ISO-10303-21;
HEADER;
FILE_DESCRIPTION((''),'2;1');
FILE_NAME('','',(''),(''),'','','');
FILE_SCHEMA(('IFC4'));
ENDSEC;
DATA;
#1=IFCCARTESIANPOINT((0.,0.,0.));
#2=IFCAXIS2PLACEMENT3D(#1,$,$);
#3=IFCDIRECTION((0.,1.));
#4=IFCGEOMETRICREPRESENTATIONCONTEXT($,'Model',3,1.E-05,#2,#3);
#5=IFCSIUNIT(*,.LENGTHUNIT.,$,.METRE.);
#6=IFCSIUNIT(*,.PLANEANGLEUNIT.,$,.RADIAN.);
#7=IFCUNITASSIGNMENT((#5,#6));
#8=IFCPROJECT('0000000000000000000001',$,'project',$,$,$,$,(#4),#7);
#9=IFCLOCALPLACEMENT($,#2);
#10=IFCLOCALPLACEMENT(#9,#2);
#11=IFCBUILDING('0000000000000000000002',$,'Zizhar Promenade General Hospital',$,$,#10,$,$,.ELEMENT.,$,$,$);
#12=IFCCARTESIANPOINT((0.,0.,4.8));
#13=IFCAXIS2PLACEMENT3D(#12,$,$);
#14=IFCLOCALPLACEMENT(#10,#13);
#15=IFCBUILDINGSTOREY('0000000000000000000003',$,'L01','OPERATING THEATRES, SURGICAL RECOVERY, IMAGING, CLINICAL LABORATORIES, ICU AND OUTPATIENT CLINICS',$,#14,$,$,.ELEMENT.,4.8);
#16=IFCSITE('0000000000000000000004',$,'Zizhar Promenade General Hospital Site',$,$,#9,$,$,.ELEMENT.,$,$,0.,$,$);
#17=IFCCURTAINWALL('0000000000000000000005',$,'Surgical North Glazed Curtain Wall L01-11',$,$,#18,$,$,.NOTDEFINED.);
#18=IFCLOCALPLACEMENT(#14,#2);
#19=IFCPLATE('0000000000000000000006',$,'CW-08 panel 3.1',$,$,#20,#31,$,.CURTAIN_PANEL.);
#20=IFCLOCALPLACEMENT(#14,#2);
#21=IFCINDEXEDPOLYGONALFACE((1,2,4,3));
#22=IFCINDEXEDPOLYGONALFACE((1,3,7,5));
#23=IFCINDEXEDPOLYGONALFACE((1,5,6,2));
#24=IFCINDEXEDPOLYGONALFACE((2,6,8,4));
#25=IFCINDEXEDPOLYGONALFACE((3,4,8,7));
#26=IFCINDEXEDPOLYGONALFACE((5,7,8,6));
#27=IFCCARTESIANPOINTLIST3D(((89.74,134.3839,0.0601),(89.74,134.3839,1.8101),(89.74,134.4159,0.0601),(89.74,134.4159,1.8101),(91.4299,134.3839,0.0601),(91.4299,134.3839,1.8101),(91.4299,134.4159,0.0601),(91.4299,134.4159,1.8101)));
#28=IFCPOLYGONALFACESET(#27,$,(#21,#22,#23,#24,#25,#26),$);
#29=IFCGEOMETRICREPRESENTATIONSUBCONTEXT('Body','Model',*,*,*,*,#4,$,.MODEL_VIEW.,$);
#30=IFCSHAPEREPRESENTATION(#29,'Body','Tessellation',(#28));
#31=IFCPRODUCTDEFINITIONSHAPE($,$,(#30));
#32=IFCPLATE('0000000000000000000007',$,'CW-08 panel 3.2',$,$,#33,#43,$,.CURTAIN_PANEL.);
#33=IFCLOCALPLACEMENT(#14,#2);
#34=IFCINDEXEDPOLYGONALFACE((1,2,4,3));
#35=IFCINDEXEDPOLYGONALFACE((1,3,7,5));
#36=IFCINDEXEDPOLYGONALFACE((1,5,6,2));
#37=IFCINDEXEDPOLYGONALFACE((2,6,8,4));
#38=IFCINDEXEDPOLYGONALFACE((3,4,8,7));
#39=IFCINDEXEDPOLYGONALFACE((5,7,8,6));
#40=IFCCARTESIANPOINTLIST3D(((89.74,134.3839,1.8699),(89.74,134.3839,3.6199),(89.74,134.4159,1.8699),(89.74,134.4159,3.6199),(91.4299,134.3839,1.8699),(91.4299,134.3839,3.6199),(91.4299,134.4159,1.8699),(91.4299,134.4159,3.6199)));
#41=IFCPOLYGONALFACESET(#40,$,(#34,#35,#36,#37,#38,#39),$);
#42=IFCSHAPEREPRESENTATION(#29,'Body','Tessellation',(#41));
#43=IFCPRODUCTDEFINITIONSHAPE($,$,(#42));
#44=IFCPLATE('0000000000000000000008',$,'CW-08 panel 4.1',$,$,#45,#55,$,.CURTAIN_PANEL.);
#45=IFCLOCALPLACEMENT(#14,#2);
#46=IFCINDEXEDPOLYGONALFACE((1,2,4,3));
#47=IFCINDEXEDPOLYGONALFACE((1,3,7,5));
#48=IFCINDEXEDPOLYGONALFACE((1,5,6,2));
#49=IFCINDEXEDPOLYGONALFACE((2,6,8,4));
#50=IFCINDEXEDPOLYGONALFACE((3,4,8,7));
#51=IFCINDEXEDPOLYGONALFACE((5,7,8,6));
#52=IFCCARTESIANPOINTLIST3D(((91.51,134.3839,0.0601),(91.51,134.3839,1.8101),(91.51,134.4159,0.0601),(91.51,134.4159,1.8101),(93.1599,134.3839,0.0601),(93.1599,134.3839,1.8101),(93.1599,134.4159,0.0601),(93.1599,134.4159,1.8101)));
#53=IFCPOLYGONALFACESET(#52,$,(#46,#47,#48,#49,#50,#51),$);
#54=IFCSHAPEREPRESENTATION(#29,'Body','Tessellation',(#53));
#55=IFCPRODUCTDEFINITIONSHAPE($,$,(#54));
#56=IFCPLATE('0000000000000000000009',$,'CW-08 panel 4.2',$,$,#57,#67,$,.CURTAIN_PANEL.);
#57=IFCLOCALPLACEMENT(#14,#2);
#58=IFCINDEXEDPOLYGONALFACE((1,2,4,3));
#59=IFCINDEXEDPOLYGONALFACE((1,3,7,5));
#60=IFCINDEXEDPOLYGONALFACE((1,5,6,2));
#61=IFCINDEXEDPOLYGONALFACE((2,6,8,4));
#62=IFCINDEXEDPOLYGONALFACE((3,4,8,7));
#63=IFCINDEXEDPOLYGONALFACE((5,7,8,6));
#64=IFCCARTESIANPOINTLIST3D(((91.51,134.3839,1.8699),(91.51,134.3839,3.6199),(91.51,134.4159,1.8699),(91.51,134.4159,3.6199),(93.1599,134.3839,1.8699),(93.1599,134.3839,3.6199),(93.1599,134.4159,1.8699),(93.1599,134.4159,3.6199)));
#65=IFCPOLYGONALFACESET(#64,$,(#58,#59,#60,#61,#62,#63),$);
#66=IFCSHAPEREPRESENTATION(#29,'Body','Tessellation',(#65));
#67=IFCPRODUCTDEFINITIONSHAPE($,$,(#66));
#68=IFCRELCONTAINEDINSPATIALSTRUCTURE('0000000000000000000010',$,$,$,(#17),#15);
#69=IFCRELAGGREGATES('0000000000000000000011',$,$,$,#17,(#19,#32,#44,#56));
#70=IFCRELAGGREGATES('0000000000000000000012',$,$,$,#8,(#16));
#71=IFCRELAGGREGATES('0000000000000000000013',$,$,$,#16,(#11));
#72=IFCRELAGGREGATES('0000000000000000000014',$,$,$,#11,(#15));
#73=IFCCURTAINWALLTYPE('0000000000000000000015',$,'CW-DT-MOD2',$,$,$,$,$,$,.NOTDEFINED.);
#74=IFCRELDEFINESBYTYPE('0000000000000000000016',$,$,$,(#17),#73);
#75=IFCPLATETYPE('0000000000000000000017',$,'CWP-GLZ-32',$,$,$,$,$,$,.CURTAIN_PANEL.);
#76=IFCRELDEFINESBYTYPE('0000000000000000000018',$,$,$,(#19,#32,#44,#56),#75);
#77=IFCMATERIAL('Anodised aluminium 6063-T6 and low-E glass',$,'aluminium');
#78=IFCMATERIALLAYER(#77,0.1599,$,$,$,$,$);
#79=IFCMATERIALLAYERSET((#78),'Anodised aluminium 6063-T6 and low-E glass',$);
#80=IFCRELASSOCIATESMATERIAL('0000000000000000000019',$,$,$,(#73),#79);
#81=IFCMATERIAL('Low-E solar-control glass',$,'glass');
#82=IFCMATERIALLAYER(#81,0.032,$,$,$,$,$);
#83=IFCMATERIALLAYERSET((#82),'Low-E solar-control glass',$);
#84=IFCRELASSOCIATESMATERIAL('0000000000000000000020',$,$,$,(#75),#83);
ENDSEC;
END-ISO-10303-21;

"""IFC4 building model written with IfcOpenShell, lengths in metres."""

from ifc_helpers import new_model, si_unit, direction, frame, origin, origin_2d, place, context, subcontext, project, spatial, rectangle, extrude, material, layer, layer_set, type_object, element, aggregate, save


model = new_model("IFC4")

# Units and contexts
model_context = context("Model", 3, precision=1e-05, world=origin(), true_north=direction((0.0, 1.0)))
body_context = subcontext(model_context, "Body", "Model", "MODEL_VIEW")
ifc_project = project(units=[si_unit("LENGTHUNIT", "METRE"), si_unit("PLANEANGLEUNIT", "RADIAN")], contexts=[model_context])

# Site, building, storey
site_placement = place(None, origin())
site = spatial("IfcSite", under=ifc_project, at=site_placement, Name="Zizhar Promenade General Hospital Site", CompositionType="ELEMENT", RefElevation=0.0)
building_placement = place(site_placement, origin())
building = spatial("IfcBuilding", under=site, at=building_placement, Name="Zizhar Promenade General Hospital", CompositionType="ELEMENT")
storey_placement = place(building_placement, frame((0.0, 0.0, 4.8)))
storey = spatial("IfcBuildingStorey", under=building, at=storey_placement, Name="L01", Description="OPERATING THEATRES, SURGICAL RECOVERY, IMAGING, CLINICAL LABORATORIES, ICU AND OUTPATIENT CLINICS", CompositionType="ELEMENT", Elevation=4.8)

# Curtain wall, plates
ifc_material_1 = material(Name="Anodised aluminium 6063-T6 and low-E glass", Category="aluminium")
ifc_layer_1 = layer(ifc_material_1, 0.1599)
ifc_layer_set_1 = layer_set([ifc_layer_1], Name="Anodised aluminium 6063-T6 and low-E glass")
curtain_wall_type = type_object("IfcCurtainWallType", Name="CW-DT-MOD2", PredefinedType="NOTDEFINED", material=ifc_layer_set_1)
curtain_wall_placement = place(storey_placement, origin())
curtain_wall = element("IfcCurtainWall", 1, at=curtain_wall_placement, inside=storey, type_object=curtain_wall_type, Name="Surgical North Glazed Curtain Wall L01-11", PredefinedType="NOTDEFINED")
ifc_material_2 = material(Name="Low-E solar-control glass", Category="glass")
ifc_layer_2 = layer(ifc_material_2, 0.032)
ifc_layer_set_2 = layer_set([ifc_layer_2], Name="Low-E solar-control glass")
plate_type = type_object("IfcPlateType", Name="CWP-GLZ-32", PredefinedType="CURTAIN_PANEL", material=ifc_layer_set_2)
plate_1_placement = place(storey_placement, frame((90.585, 134.3999, 0.0601), z_axis=(0.0, 0.0, 1.0), x_axis=(1.0, 0.0, 0.0)))
plate_1 = element("IfcPlate", 2, at=plate_1_placement, type_object=plate_type, Name="CW-08 panel 3.1", PredefinedType="CURTAIN_PANEL", context=body_context, shape_type="SweptSolid", body=[
    extrude(rectangle(XDim=1.6899, YDim=0.032, at=origin_2d()), origin(), (0.0, 0.0, 1.0), 1.75),
])
plate_2_placement = place(storey_placement, frame((90.585, 134.3999, 1.8699), z_axis=(0.0, 0.0, 1.0), x_axis=(1.0, 0.0, 0.0)))
plate_2 = element("IfcPlate", 3, at=plate_2_placement, type_object=plate_type, Name="CW-08 panel 3.2", PredefinedType="CURTAIN_PANEL", context=body_context, shape_type="SweptSolid", body=[
    extrude(rectangle(XDim=1.6899, YDim=0.032, at=origin_2d()), origin(), (0.0, 0.0, 1.0), 1.75),
])
plate_3_placement = place(storey_placement, frame((92.335, 134.3999, 0.0601), z_axis=(0.0, 0.0, 1.0), x_axis=(1.0, 0.0, 0.0)))
plate_3 = element("IfcPlate", 4, at=plate_3_placement, type_object=plate_type, Name="CW-08 panel 4.1", PredefinedType="CURTAIN_PANEL", context=body_context, shape_type="SweptSolid", body=[
    extrude(rectangle(XDim=1.6499, YDim=0.032, at=origin_2d()), origin(), (0.0, 0.0, 1.0), 1.75),
])
plate_4_placement = place(storey_placement, frame((92.335, 134.3999, 1.8699), z_axis=(0.0, 0.0, 1.0), x_axis=(1.0, 0.0, 0.0)))
plate_4 = element("IfcPlate", 5, at=plate_4_placement, type_object=plate_type, Name="CW-08 panel 4.2", PredefinedType="CURTAIN_PANEL", context=body_context, shape_type="SweptSolid", body=[
    extrude(rectangle(XDim=1.6499, YDim=0.032, at=origin_2d()), origin(), (0.0, 0.0, 1.0), 1.75),
])
aggregate(curtain_wall, [plate_1, plate_2, plate_3, plate_4])

save(model, "model.ifc")
